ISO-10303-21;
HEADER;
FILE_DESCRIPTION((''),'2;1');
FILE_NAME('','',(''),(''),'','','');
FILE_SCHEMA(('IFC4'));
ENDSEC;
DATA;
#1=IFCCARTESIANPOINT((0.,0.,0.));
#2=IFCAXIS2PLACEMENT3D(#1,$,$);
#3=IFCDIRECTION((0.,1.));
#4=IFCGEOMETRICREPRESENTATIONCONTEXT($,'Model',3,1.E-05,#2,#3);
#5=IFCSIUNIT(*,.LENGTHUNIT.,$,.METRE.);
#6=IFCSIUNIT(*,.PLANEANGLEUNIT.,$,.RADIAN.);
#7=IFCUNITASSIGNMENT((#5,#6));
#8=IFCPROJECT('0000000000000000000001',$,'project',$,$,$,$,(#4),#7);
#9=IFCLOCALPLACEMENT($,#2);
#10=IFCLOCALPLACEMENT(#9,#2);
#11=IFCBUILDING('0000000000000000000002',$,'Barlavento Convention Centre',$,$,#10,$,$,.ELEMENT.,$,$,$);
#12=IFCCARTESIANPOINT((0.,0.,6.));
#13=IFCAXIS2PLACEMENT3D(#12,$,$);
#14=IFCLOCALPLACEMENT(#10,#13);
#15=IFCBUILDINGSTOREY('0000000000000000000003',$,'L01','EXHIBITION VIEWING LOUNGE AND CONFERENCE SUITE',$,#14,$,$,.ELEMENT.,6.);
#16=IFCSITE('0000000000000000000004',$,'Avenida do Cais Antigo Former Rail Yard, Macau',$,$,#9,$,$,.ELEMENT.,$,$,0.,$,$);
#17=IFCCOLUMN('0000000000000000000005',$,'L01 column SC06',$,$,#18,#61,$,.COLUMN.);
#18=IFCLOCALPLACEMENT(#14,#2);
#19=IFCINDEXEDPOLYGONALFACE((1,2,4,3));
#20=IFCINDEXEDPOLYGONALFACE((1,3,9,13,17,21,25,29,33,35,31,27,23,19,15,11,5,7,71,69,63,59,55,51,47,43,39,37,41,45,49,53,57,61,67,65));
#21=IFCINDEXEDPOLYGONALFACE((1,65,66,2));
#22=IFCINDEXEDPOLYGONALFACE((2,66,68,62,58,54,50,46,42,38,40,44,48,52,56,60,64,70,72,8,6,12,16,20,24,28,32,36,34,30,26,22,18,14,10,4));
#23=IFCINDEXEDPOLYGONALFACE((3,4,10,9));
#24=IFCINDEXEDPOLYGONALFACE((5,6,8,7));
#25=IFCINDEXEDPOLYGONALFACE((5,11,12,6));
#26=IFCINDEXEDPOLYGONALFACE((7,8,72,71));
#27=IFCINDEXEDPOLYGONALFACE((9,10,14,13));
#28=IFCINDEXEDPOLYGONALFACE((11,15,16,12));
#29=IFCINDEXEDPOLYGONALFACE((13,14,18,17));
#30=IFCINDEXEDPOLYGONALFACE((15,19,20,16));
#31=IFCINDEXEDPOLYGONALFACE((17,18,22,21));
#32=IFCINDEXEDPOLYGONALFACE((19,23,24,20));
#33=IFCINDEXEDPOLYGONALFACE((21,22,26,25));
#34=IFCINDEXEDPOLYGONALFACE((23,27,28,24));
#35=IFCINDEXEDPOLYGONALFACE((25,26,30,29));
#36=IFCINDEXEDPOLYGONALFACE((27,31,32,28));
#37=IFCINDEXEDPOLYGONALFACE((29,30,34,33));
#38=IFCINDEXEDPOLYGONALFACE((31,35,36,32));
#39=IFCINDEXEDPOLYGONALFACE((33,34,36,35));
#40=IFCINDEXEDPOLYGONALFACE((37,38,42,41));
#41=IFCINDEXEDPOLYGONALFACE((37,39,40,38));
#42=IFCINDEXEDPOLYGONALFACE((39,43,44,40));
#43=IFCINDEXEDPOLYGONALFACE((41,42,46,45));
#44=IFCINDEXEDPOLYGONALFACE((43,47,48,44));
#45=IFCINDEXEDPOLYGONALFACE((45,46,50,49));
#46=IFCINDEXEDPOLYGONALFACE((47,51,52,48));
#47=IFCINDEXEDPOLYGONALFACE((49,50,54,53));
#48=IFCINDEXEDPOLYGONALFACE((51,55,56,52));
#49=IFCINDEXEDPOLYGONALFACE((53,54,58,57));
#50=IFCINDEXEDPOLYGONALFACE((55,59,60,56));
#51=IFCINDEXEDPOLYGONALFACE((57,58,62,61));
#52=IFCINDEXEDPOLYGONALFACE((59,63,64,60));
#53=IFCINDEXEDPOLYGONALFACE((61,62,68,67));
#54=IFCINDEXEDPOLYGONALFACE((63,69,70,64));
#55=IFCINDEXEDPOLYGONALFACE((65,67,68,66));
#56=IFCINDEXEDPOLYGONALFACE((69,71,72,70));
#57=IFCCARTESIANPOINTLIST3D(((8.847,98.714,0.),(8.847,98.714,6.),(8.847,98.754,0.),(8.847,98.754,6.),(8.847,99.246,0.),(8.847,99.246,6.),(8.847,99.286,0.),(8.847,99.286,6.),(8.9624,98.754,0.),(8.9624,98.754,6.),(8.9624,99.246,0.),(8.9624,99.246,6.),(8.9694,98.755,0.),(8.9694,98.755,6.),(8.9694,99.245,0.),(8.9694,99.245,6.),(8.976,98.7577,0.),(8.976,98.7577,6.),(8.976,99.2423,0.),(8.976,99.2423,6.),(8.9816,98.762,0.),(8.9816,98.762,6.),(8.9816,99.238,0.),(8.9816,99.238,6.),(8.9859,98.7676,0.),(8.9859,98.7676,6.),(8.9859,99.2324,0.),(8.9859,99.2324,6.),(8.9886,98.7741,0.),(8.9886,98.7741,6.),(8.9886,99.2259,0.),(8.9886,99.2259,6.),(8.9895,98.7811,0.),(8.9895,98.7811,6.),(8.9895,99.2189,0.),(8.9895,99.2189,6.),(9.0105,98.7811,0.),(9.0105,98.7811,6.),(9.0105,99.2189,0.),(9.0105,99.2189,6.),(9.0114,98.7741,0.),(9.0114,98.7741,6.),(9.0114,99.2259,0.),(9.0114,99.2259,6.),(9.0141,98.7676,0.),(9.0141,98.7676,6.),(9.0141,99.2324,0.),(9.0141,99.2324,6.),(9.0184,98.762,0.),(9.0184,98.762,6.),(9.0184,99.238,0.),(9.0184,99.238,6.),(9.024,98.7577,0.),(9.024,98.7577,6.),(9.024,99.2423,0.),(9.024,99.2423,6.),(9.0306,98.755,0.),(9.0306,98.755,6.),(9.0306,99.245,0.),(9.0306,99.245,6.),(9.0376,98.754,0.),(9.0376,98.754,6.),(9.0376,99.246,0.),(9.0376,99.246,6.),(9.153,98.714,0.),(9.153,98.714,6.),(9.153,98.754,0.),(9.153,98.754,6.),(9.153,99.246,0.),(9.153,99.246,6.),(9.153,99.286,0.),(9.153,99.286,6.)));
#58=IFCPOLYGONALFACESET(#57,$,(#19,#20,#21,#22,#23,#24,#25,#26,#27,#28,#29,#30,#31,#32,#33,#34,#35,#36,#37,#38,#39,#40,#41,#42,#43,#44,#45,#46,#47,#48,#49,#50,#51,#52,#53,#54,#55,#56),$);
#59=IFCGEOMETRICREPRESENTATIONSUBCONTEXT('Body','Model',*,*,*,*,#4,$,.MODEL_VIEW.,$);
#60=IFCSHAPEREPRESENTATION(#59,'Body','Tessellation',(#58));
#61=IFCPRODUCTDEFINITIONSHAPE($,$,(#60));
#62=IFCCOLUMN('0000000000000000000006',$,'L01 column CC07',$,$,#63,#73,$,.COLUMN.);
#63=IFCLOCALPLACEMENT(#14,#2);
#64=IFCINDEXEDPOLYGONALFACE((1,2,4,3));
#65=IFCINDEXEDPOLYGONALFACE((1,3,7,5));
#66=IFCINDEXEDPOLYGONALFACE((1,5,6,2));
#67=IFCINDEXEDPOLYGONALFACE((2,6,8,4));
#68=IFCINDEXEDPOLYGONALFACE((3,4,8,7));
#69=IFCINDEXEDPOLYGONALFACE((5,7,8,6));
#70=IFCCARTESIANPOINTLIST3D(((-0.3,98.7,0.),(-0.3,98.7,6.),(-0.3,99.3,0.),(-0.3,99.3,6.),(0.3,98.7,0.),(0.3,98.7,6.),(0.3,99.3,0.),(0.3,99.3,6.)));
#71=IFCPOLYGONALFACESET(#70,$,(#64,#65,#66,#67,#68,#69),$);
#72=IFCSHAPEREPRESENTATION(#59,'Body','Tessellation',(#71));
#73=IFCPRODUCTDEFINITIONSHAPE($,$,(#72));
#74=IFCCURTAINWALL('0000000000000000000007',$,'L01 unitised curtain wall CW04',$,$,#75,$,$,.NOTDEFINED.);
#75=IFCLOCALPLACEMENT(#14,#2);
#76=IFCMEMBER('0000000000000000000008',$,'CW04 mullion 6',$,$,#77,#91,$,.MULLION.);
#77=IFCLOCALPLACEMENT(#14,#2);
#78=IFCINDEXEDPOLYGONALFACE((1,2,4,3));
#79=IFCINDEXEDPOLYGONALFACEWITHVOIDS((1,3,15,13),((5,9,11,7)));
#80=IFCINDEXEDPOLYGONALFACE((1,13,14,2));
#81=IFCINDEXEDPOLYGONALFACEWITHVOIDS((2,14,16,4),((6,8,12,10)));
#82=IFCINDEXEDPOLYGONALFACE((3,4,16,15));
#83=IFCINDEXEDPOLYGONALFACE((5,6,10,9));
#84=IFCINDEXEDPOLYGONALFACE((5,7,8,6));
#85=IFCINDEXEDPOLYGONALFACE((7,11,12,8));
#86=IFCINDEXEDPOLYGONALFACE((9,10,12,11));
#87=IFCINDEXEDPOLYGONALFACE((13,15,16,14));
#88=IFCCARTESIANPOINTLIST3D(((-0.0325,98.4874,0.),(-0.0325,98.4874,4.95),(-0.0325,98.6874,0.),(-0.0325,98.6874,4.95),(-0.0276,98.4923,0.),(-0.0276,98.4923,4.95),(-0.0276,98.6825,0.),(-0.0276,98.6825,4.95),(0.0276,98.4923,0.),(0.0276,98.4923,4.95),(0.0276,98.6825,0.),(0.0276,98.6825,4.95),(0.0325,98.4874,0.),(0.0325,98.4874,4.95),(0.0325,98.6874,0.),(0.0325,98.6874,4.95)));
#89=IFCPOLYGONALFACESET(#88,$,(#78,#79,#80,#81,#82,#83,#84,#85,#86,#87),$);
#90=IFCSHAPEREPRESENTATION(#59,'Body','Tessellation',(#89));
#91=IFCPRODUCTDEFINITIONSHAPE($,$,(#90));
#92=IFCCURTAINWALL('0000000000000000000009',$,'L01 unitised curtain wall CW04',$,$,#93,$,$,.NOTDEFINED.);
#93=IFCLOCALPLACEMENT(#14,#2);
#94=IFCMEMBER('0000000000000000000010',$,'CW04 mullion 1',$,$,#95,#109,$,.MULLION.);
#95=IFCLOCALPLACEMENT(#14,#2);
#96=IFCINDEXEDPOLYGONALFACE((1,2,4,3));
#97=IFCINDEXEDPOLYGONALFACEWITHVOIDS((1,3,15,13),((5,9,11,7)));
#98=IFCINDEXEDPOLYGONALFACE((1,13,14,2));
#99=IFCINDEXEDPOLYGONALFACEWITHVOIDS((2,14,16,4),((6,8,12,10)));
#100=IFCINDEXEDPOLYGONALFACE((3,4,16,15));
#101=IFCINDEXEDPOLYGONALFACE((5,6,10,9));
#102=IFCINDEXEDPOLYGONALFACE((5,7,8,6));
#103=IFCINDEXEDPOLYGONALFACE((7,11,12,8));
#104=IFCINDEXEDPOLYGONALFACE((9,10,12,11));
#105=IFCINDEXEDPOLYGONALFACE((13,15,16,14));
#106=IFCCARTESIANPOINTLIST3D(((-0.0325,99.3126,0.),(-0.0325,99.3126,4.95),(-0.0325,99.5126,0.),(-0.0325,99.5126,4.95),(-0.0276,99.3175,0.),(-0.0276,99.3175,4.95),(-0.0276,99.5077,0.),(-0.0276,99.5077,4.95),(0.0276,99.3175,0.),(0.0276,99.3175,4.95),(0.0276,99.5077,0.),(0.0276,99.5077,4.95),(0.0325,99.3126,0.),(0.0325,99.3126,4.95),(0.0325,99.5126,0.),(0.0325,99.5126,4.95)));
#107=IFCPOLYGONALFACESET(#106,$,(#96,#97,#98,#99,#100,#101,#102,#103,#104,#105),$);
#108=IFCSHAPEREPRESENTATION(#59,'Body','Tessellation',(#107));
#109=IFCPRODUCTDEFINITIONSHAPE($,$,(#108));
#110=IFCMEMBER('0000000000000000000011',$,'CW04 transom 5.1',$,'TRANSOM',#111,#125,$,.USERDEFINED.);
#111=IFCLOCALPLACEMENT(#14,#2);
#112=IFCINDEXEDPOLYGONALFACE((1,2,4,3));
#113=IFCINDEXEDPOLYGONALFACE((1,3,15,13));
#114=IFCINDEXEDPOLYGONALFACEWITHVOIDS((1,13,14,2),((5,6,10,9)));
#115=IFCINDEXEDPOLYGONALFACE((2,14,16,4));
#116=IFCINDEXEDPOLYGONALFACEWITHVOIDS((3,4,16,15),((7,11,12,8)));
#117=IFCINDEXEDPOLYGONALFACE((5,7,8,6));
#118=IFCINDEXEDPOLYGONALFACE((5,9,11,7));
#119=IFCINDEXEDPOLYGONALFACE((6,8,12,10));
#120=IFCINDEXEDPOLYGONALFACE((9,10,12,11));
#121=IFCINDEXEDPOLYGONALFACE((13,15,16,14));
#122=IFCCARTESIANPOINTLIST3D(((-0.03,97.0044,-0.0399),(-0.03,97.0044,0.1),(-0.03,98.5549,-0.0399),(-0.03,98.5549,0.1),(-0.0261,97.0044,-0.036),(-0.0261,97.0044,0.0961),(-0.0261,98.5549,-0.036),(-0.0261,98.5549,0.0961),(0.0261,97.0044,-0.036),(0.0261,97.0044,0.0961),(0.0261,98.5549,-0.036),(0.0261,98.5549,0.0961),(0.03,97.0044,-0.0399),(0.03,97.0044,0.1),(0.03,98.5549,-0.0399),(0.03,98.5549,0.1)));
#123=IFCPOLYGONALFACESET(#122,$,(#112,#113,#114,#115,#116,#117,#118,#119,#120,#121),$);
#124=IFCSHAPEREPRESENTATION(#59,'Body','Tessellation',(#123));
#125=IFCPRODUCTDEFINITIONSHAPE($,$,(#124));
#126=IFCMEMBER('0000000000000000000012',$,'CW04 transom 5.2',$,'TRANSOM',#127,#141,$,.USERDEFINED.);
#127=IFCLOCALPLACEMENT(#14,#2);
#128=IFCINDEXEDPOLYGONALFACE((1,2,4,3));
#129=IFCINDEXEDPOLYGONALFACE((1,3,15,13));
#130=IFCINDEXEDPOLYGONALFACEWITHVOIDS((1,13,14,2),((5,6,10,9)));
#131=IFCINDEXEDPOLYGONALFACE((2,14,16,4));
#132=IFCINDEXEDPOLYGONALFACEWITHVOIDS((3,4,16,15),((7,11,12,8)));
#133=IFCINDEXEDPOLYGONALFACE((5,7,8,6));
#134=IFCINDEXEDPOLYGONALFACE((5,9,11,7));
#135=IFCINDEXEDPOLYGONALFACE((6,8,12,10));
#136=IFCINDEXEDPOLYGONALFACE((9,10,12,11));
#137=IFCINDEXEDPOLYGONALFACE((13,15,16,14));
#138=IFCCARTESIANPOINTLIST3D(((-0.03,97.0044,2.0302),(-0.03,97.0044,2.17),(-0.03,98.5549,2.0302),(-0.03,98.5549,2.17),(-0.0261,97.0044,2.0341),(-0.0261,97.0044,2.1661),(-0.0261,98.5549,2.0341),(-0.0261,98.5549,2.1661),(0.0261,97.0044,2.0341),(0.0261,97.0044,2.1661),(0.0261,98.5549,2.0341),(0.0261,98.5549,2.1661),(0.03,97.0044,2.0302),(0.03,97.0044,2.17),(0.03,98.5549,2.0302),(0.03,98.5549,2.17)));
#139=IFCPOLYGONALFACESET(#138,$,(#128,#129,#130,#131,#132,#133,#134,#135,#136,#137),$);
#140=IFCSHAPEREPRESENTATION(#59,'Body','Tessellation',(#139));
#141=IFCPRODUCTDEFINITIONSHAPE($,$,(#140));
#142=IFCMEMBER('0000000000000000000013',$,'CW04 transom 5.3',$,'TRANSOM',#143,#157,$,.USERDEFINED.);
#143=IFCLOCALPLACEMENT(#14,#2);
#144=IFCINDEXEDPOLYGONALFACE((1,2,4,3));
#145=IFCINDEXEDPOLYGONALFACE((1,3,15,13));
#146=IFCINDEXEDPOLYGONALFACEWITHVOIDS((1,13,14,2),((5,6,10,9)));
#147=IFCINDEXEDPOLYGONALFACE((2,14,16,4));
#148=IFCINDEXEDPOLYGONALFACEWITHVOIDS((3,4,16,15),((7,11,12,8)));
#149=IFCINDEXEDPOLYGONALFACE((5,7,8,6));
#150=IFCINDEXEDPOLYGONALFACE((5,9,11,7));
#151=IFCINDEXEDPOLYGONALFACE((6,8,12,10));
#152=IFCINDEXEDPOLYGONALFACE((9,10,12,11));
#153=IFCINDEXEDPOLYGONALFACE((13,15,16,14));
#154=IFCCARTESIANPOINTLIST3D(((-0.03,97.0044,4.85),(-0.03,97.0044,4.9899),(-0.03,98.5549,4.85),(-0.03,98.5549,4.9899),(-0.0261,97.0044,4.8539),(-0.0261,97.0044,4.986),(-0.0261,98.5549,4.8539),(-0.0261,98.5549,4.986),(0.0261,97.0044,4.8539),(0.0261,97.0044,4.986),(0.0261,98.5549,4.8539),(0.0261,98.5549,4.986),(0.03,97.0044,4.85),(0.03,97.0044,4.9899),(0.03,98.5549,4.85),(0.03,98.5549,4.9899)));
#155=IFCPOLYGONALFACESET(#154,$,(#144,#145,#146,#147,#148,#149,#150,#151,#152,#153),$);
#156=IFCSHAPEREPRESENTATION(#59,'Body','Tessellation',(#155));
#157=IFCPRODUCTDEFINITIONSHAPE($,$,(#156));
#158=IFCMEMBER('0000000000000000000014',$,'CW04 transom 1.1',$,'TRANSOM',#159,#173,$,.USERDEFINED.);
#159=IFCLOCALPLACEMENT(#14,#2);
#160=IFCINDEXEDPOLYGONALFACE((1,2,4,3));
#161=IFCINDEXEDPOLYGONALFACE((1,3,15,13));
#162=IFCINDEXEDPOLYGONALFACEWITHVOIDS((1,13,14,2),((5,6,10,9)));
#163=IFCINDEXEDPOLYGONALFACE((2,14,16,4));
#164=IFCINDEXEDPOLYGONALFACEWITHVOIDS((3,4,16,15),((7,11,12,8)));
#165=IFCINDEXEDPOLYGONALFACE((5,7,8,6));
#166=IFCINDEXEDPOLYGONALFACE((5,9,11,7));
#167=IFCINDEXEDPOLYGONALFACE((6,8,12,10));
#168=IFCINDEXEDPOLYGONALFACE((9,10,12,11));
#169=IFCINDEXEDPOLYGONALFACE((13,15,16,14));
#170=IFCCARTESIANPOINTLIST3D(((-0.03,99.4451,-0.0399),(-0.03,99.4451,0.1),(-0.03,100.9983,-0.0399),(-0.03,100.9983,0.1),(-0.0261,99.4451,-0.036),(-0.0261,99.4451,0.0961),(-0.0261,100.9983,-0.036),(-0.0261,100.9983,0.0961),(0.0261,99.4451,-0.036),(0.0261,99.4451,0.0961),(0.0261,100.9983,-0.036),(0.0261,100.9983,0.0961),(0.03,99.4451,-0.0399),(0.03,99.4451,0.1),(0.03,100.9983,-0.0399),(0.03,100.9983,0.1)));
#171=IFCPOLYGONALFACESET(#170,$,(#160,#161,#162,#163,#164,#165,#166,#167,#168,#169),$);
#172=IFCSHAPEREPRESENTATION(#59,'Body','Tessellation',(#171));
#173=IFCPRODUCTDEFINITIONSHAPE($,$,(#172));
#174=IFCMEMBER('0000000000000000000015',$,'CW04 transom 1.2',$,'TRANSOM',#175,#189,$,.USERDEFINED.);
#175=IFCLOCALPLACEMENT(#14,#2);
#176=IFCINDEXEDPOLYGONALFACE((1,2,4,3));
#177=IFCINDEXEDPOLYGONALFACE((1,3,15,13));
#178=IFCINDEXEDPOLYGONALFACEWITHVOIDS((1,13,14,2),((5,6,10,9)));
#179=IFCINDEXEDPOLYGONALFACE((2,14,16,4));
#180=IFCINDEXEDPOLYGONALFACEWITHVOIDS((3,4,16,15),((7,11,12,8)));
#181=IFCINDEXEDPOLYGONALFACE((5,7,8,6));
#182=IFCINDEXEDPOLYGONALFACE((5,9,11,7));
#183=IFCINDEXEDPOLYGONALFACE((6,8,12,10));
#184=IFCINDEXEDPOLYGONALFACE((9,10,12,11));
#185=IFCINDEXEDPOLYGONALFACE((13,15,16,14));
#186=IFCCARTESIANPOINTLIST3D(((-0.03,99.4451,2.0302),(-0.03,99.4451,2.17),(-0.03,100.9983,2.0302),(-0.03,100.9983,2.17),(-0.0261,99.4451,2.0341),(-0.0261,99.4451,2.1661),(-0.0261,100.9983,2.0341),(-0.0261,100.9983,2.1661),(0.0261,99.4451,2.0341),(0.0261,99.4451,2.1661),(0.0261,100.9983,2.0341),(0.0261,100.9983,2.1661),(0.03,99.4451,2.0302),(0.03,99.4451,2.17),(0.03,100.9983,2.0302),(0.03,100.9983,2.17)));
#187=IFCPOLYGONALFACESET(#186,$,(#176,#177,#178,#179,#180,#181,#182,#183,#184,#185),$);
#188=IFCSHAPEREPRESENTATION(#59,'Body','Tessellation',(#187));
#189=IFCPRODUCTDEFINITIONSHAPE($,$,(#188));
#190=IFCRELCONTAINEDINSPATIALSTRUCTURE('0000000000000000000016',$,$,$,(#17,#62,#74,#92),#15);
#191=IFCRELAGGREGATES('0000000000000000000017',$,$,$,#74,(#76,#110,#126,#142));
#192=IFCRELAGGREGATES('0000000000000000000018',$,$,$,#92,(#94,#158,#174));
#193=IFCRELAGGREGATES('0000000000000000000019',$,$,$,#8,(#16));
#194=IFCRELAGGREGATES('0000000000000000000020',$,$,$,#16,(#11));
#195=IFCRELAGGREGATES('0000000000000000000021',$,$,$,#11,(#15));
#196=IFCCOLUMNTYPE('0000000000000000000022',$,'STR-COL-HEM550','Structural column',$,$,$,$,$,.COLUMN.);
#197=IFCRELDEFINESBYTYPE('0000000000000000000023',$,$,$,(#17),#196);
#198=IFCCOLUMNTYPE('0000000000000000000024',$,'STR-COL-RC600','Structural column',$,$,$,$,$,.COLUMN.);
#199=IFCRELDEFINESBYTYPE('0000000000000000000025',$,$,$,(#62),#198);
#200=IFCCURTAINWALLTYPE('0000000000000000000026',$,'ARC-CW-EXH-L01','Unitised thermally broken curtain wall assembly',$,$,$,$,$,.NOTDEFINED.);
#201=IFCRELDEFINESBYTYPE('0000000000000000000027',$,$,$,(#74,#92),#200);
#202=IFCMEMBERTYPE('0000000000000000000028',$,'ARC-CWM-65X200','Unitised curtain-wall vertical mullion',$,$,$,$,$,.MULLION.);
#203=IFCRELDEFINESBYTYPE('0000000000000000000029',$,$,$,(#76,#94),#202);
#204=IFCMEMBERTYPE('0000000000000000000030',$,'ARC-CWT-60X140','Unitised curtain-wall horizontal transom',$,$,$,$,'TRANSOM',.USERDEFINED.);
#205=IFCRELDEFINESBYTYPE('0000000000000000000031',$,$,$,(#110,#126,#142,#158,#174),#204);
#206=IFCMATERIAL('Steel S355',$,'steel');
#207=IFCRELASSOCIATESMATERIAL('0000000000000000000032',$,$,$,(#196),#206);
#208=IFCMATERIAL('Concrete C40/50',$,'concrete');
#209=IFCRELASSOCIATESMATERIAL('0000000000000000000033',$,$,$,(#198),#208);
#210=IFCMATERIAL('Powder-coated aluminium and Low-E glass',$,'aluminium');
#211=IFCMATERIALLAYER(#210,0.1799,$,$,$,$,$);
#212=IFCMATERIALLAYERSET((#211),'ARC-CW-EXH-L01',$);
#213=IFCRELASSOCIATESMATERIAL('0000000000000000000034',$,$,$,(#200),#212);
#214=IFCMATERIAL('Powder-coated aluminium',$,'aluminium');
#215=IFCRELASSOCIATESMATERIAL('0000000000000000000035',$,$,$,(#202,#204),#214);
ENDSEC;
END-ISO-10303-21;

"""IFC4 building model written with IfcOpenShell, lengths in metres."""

from ifc_helpers import new_model, si_unit, direction, frame, origin, origin_2d, place, context, subcontext, project, spatial, rectangle, hollow_rectangle, i_section, extrude, material, layer, layer_set, material_profile, profile_set, type_object, element, aggregate, save


model = new_model("IFC4")

# Units and contexts
model_context = context("Model", 3, precision=1e-05, world=origin(), true_north=direction((0.0, 1.0)))
body_context = subcontext(model_context, "Body", "Model", "MODEL_VIEW")
ifc_project = project(units=[si_unit("LENGTHUNIT", "METRE"), si_unit("PLANEANGLEUNIT", "RADIAN")], contexts=[model_context])

# Site, building, storey
site_placement = place(None, origin())
site = spatial("IfcSite", under=ifc_project, at=site_placement, Name="Avenida do Cais Antigo Former Rail Yard, Macau", CompositionType="ELEMENT", RefElevation=0.0)
building_placement = place(site_placement, origin())
building = spatial("IfcBuilding", under=site, at=building_placement, Name="Barlavento Convention Centre", CompositionType="ELEMENT")
storey_placement = place(building_placement, frame((0.0, 0.0, 6.0)))
storey = spatial("IfcBuildingStorey", under=building, at=storey_placement, Name="L01", Description="EXHIBITION VIEWING LOUNGE AND CONFERENCE SUITE", CompositionType="ELEMENT", Elevation=6.0)

# Columns
ifc_material_1 = material(Name="Steel S355", Category="steel")
ifc_material_profile_1 = material_profile(ifc_material_1, i_section(OverallWidth=0.3059, OverallDepth=0.572, WebThickness=0.021, FlangeThickness=0.04, FilletRadius=0.0271, at=origin_2d()), Name="HEM 550")
ifc_profile_set_1 = profile_set([ifc_material_profile_1], Name="Steel S355")
column_type_1 = type_object("IfcColumnType", Name="STR-COL-HEM550", Description="Structural column", PredefinedType="COLUMN", material=ifc_profile_set_1)
column_1_placement = place(storey_placement, frame((9.0, 99.0, 0.0), z_axis=(0.0, 0.0, 1.0), x_axis=(1.0, 0.0, 0.0)))
element("IfcColumn", 1, at=column_1_placement, inside=storey, type_object=column_type_1, Name="L01 column SC06", PredefinedType="COLUMN", context=body_context, shape_type="SweptSolid", body=[
    extrude(i_section(OverallWidth=0.3059, OverallDepth=0.572, WebThickness=0.021, FlangeThickness=0.04, FilletRadius=0.0271, at=origin_2d()), origin(), (0.0, 0.0, 1.0), 6.0),
])
ifc_material_2 = material(Name="Concrete C40/50", Category="concrete")
ifc_material_profile_2 = material_profile(ifc_material_2, rectangle(XDim=0.6001, YDim=0.6001, at=origin_2d()), Name="RC 600x600")
ifc_profile_set_2 = profile_set([ifc_material_profile_2], Name="Concrete C40/50")
column_type_2 = type_object("IfcColumnType", Name="STR-COL-RC600", Description="Structural column", PredefinedType="COLUMN", material=ifc_profile_set_2)
column_2_placement = place(storey_placement, frame((0.0, 99.0, 0.0), z_axis=(0.0, 0.0, 1.0), x_axis=(1.0, 0.0, 0.0)))
element("IfcColumn", 2, at=column_2_placement, inside=storey, type_object=column_type_2, Name="L01 column CC07", PredefinedType="COLUMN", context=body_context, shape_type="SweptSolid", body=[
    extrude(rectangle(XDim=0.6001, YDim=0.6001, at=origin_2d()), origin(), (0.0, 0.0, 1.0), 6.0),
])

# Curtain walls, members
ifc_material_3 = material(Name="Powder-coated aluminium and Low-E glass", Category="aluminium")
ifc_layer_1 = layer(ifc_material_3, 0.1799)
ifc_layer_set_1 = layer_set([ifc_layer_1], Name="ARC-CW-EXH-L01")
curtain_wall_type = type_object("IfcCurtainWallType", Name="ARC-CW-EXH-L01", Description="Unitised thermally broken curtain wall assembly", PredefinedType="NOTDEFINED", material=ifc_layer_set_1)
curtain_wall_1_placement = place(storey_placement, origin())
curtain_wall_1 = element("IfcCurtainWall", 3, at=curtain_wall_1_placement, inside=storey, type_object=curtain_wall_type, Name="L01 unitised curtain wall CW04", PredefinedType="NOTDEFINED")
ifc_material_4 = material(Name="Powder-coated aluminium", Category="aluminium")
ifc_material_profile_3 = material_profile(ifc_material_4, hollow_rectangle(XDim=0.0649, YDim=0.2, WallThickness=0.0049, at=origin_2d()), Name="AL-MULL 65x200x5")
ifc_profile_set_3 = profile_set([ifc_material_profile_3], Name="Powder-coated aluminium")
member_type_1 = type_object("IfcMemberType", Name="ARC-CWM-65X200", Description="Unitised curtain-wall vertical mullion", PredefinedType="MULLION", material=ifc_profile_set_3)
member_1_placement = place(storey_placement, frame((0.0, 98.5874, 0.0), z_axis=(0.0, 0.0, 1.0), x_axis=(-1.0, 0.0, 0.0)))
member_1 = element("IfcMember", 4, at=member_1_placement, type_object=member_type_1, Name="CW04 mullion 6", PredefinedType="MULLION", context=body_context, shape_type="SweptSolid", body=[
    extrude(hollow_rectangle(XDim=0.0649, YDim=0.2, WallThickness=0.0049, at=origin_2d()), origin(), (0.0, 0.0, 1.0), 4.95),
])
curtain_wall_2_placement = place(storey_placement, origin())
curtain_wall_2 = element("IfcCurtainWall", 5, at=curtain_wall_2_placement, inside=storey, type_object=curtain_wall_type, Name="L01 unitised curtain wall CW04", PredefinedType="NOTDEFINED")
member_2_placement = place(storey_placement, frame((0.0, 99.4126, 0.0), z_axis=(0.0, 0.0, 1.0), x_axis=(-1.0, 0.0, 0.0)))
member_2 = element("IfcMember", 6, at=member_2_placement, type_object=member_type_1, Name="CW04 mullion 1", PredefinedType="MULLION", context=body_context, shape_type="SweptSolid", body=[
    extrude(hollow_rectangle(XDim=0.0649, YDim=0.2, WallThickness=0.0049, at=origin_2d()), origin(), (0.0, 0.0, 1.0), 4.95),
])

# Members
ifc_material_profile_4 = material_profile(ifc_material_4, hollow_rectangle(XDim=0.0601, YDim=0.1399, WallThickness=0.0039, at=origin_2d()), Name="AL-TRAN 60x140x4")
ifc_profile_set_4 = profile_set([ifc_material_profile_4], Name="Powder-coated aluminium")
member_type_2 = type_object("IfcMemberType", Name="ARC-CWT-60X140", Description="Unitised curtain-wall horizontal transom", ElementType="TRANSOM", PredefinedType="USERDEFINED", material=ifc_profile_set_4)
member_3_placement = place(storey_placement, frame((0.0, 97.0044, 0.03), z_axis=(0.0, 1.0, 0.0), x_axis=(-1.0, 0.0, 0.0)))
member_3 = element("IfcMember", 7, at=member_3_placement, type_object=member_type_2, Name="CW04 transom 5.1", ObjectType="TRANSOM", PredefinedType="USERDEFINED", context=body_context, shape_type="SweptSolid", body=[
    extrude(hollow_rectangle(XDim=0.0601, YDim=0.1399, WallThickness=0.0039, at=origin_2d()), origin(), (0.0, 0.0, 1.0), 1.5505),
])
member_4_placement = place(storey_placement, frame((0.0, 97.0044, 2.1001), z_axis=(0.0, 1.0, 0.0), x_axis=(-1.0, 0.0, 0.0)))
member_4 = element("IfcMember", 8, at=member_4_placement, type_object=member_type_2, Name="CW04 transom 5.2", ObjectType="TRANSOM", PredefinedType="USERDEFINED", context=body_context, shape_type="SweptSolid", body=[
    extrude(hollow_rectangle(XDim=0.0601, YDim=0.1399, WallThickness=0.0039, at=origin_2d()), origin(), (0.0, 0.0, 1.0), 1.5505),
])
member_5_placement = place(storey_placement, frame((0.0, 97.0044, 4.9199), z_axis=(0.0, 1.0, 0.0), x_axis=(-1.0, 0.0, 0.0)))
member_5 = element("IfcMember", 9, at=member_5_placement, type_object=member_type_2, Name="CW04 transom 5.3", ObjectType="TRANSOM", PredefinedType="USERDEFINED", context=body_context, shape_type="SweptSolid", body=[
    extrude(hollow_rectangle(XDim=0.0601, YDim=0.1399, WallThickness=0.0039, at=origin_2d()), origin(), (0.0, 0.0, 1.0), 1.5505),
])
member_6_placement = place(storey_placement, frame((0.0, 99.4451, 0.03), z_axis=(0.0, 1.0, 0.0), x_axis=(-1.0, 0.0, 0.0)))
member_6 = element("IfcMember", 10, at=member_6_placement, type_object=member_type_2, Name="CW04 transom 1.1", ObjectType="TRANSOM", PredefinedType="USERDEFINED", context=body_context, shape_type="SweptSolid", body=[
    extrude(hollow_rectangle(XDim=0.0601, YDim=0.1399, WallThickness=0.0039, at=origin_2d()), origin(), (0.0, 0.0, 1.0), 1.5532),
])
member_7_placement = place(storey_placement, frame((0.0, 99.4451, 2.1001), z_axis=(0.0, 1.0, 0.0), x_axis=(-1.0, 0.0, 0.0)))
member_7 = element("IfcMember", 11, at=member_7_placement, type_object=member_type_2, Name="CW04 transom 1.2", ObjectType="TRANSOM", PredefinedType="USERDEFINED", context=body_context, shape_type="SweptSolid", body=[
    extrude(hollow_rectangle(XDim=0.0601, YDim=0.1399, WallThickness=0.0039, at=origin_2d()), origin(), (0.0, 0.0, 1.0), 1.5532),
])

aggregate(curtain_wall_1, [member_1, member_3, member_4, member_5])
aggregate(curtain_wall_2, [member_2, member_6, member_7])

save(model, "model.ifc")
